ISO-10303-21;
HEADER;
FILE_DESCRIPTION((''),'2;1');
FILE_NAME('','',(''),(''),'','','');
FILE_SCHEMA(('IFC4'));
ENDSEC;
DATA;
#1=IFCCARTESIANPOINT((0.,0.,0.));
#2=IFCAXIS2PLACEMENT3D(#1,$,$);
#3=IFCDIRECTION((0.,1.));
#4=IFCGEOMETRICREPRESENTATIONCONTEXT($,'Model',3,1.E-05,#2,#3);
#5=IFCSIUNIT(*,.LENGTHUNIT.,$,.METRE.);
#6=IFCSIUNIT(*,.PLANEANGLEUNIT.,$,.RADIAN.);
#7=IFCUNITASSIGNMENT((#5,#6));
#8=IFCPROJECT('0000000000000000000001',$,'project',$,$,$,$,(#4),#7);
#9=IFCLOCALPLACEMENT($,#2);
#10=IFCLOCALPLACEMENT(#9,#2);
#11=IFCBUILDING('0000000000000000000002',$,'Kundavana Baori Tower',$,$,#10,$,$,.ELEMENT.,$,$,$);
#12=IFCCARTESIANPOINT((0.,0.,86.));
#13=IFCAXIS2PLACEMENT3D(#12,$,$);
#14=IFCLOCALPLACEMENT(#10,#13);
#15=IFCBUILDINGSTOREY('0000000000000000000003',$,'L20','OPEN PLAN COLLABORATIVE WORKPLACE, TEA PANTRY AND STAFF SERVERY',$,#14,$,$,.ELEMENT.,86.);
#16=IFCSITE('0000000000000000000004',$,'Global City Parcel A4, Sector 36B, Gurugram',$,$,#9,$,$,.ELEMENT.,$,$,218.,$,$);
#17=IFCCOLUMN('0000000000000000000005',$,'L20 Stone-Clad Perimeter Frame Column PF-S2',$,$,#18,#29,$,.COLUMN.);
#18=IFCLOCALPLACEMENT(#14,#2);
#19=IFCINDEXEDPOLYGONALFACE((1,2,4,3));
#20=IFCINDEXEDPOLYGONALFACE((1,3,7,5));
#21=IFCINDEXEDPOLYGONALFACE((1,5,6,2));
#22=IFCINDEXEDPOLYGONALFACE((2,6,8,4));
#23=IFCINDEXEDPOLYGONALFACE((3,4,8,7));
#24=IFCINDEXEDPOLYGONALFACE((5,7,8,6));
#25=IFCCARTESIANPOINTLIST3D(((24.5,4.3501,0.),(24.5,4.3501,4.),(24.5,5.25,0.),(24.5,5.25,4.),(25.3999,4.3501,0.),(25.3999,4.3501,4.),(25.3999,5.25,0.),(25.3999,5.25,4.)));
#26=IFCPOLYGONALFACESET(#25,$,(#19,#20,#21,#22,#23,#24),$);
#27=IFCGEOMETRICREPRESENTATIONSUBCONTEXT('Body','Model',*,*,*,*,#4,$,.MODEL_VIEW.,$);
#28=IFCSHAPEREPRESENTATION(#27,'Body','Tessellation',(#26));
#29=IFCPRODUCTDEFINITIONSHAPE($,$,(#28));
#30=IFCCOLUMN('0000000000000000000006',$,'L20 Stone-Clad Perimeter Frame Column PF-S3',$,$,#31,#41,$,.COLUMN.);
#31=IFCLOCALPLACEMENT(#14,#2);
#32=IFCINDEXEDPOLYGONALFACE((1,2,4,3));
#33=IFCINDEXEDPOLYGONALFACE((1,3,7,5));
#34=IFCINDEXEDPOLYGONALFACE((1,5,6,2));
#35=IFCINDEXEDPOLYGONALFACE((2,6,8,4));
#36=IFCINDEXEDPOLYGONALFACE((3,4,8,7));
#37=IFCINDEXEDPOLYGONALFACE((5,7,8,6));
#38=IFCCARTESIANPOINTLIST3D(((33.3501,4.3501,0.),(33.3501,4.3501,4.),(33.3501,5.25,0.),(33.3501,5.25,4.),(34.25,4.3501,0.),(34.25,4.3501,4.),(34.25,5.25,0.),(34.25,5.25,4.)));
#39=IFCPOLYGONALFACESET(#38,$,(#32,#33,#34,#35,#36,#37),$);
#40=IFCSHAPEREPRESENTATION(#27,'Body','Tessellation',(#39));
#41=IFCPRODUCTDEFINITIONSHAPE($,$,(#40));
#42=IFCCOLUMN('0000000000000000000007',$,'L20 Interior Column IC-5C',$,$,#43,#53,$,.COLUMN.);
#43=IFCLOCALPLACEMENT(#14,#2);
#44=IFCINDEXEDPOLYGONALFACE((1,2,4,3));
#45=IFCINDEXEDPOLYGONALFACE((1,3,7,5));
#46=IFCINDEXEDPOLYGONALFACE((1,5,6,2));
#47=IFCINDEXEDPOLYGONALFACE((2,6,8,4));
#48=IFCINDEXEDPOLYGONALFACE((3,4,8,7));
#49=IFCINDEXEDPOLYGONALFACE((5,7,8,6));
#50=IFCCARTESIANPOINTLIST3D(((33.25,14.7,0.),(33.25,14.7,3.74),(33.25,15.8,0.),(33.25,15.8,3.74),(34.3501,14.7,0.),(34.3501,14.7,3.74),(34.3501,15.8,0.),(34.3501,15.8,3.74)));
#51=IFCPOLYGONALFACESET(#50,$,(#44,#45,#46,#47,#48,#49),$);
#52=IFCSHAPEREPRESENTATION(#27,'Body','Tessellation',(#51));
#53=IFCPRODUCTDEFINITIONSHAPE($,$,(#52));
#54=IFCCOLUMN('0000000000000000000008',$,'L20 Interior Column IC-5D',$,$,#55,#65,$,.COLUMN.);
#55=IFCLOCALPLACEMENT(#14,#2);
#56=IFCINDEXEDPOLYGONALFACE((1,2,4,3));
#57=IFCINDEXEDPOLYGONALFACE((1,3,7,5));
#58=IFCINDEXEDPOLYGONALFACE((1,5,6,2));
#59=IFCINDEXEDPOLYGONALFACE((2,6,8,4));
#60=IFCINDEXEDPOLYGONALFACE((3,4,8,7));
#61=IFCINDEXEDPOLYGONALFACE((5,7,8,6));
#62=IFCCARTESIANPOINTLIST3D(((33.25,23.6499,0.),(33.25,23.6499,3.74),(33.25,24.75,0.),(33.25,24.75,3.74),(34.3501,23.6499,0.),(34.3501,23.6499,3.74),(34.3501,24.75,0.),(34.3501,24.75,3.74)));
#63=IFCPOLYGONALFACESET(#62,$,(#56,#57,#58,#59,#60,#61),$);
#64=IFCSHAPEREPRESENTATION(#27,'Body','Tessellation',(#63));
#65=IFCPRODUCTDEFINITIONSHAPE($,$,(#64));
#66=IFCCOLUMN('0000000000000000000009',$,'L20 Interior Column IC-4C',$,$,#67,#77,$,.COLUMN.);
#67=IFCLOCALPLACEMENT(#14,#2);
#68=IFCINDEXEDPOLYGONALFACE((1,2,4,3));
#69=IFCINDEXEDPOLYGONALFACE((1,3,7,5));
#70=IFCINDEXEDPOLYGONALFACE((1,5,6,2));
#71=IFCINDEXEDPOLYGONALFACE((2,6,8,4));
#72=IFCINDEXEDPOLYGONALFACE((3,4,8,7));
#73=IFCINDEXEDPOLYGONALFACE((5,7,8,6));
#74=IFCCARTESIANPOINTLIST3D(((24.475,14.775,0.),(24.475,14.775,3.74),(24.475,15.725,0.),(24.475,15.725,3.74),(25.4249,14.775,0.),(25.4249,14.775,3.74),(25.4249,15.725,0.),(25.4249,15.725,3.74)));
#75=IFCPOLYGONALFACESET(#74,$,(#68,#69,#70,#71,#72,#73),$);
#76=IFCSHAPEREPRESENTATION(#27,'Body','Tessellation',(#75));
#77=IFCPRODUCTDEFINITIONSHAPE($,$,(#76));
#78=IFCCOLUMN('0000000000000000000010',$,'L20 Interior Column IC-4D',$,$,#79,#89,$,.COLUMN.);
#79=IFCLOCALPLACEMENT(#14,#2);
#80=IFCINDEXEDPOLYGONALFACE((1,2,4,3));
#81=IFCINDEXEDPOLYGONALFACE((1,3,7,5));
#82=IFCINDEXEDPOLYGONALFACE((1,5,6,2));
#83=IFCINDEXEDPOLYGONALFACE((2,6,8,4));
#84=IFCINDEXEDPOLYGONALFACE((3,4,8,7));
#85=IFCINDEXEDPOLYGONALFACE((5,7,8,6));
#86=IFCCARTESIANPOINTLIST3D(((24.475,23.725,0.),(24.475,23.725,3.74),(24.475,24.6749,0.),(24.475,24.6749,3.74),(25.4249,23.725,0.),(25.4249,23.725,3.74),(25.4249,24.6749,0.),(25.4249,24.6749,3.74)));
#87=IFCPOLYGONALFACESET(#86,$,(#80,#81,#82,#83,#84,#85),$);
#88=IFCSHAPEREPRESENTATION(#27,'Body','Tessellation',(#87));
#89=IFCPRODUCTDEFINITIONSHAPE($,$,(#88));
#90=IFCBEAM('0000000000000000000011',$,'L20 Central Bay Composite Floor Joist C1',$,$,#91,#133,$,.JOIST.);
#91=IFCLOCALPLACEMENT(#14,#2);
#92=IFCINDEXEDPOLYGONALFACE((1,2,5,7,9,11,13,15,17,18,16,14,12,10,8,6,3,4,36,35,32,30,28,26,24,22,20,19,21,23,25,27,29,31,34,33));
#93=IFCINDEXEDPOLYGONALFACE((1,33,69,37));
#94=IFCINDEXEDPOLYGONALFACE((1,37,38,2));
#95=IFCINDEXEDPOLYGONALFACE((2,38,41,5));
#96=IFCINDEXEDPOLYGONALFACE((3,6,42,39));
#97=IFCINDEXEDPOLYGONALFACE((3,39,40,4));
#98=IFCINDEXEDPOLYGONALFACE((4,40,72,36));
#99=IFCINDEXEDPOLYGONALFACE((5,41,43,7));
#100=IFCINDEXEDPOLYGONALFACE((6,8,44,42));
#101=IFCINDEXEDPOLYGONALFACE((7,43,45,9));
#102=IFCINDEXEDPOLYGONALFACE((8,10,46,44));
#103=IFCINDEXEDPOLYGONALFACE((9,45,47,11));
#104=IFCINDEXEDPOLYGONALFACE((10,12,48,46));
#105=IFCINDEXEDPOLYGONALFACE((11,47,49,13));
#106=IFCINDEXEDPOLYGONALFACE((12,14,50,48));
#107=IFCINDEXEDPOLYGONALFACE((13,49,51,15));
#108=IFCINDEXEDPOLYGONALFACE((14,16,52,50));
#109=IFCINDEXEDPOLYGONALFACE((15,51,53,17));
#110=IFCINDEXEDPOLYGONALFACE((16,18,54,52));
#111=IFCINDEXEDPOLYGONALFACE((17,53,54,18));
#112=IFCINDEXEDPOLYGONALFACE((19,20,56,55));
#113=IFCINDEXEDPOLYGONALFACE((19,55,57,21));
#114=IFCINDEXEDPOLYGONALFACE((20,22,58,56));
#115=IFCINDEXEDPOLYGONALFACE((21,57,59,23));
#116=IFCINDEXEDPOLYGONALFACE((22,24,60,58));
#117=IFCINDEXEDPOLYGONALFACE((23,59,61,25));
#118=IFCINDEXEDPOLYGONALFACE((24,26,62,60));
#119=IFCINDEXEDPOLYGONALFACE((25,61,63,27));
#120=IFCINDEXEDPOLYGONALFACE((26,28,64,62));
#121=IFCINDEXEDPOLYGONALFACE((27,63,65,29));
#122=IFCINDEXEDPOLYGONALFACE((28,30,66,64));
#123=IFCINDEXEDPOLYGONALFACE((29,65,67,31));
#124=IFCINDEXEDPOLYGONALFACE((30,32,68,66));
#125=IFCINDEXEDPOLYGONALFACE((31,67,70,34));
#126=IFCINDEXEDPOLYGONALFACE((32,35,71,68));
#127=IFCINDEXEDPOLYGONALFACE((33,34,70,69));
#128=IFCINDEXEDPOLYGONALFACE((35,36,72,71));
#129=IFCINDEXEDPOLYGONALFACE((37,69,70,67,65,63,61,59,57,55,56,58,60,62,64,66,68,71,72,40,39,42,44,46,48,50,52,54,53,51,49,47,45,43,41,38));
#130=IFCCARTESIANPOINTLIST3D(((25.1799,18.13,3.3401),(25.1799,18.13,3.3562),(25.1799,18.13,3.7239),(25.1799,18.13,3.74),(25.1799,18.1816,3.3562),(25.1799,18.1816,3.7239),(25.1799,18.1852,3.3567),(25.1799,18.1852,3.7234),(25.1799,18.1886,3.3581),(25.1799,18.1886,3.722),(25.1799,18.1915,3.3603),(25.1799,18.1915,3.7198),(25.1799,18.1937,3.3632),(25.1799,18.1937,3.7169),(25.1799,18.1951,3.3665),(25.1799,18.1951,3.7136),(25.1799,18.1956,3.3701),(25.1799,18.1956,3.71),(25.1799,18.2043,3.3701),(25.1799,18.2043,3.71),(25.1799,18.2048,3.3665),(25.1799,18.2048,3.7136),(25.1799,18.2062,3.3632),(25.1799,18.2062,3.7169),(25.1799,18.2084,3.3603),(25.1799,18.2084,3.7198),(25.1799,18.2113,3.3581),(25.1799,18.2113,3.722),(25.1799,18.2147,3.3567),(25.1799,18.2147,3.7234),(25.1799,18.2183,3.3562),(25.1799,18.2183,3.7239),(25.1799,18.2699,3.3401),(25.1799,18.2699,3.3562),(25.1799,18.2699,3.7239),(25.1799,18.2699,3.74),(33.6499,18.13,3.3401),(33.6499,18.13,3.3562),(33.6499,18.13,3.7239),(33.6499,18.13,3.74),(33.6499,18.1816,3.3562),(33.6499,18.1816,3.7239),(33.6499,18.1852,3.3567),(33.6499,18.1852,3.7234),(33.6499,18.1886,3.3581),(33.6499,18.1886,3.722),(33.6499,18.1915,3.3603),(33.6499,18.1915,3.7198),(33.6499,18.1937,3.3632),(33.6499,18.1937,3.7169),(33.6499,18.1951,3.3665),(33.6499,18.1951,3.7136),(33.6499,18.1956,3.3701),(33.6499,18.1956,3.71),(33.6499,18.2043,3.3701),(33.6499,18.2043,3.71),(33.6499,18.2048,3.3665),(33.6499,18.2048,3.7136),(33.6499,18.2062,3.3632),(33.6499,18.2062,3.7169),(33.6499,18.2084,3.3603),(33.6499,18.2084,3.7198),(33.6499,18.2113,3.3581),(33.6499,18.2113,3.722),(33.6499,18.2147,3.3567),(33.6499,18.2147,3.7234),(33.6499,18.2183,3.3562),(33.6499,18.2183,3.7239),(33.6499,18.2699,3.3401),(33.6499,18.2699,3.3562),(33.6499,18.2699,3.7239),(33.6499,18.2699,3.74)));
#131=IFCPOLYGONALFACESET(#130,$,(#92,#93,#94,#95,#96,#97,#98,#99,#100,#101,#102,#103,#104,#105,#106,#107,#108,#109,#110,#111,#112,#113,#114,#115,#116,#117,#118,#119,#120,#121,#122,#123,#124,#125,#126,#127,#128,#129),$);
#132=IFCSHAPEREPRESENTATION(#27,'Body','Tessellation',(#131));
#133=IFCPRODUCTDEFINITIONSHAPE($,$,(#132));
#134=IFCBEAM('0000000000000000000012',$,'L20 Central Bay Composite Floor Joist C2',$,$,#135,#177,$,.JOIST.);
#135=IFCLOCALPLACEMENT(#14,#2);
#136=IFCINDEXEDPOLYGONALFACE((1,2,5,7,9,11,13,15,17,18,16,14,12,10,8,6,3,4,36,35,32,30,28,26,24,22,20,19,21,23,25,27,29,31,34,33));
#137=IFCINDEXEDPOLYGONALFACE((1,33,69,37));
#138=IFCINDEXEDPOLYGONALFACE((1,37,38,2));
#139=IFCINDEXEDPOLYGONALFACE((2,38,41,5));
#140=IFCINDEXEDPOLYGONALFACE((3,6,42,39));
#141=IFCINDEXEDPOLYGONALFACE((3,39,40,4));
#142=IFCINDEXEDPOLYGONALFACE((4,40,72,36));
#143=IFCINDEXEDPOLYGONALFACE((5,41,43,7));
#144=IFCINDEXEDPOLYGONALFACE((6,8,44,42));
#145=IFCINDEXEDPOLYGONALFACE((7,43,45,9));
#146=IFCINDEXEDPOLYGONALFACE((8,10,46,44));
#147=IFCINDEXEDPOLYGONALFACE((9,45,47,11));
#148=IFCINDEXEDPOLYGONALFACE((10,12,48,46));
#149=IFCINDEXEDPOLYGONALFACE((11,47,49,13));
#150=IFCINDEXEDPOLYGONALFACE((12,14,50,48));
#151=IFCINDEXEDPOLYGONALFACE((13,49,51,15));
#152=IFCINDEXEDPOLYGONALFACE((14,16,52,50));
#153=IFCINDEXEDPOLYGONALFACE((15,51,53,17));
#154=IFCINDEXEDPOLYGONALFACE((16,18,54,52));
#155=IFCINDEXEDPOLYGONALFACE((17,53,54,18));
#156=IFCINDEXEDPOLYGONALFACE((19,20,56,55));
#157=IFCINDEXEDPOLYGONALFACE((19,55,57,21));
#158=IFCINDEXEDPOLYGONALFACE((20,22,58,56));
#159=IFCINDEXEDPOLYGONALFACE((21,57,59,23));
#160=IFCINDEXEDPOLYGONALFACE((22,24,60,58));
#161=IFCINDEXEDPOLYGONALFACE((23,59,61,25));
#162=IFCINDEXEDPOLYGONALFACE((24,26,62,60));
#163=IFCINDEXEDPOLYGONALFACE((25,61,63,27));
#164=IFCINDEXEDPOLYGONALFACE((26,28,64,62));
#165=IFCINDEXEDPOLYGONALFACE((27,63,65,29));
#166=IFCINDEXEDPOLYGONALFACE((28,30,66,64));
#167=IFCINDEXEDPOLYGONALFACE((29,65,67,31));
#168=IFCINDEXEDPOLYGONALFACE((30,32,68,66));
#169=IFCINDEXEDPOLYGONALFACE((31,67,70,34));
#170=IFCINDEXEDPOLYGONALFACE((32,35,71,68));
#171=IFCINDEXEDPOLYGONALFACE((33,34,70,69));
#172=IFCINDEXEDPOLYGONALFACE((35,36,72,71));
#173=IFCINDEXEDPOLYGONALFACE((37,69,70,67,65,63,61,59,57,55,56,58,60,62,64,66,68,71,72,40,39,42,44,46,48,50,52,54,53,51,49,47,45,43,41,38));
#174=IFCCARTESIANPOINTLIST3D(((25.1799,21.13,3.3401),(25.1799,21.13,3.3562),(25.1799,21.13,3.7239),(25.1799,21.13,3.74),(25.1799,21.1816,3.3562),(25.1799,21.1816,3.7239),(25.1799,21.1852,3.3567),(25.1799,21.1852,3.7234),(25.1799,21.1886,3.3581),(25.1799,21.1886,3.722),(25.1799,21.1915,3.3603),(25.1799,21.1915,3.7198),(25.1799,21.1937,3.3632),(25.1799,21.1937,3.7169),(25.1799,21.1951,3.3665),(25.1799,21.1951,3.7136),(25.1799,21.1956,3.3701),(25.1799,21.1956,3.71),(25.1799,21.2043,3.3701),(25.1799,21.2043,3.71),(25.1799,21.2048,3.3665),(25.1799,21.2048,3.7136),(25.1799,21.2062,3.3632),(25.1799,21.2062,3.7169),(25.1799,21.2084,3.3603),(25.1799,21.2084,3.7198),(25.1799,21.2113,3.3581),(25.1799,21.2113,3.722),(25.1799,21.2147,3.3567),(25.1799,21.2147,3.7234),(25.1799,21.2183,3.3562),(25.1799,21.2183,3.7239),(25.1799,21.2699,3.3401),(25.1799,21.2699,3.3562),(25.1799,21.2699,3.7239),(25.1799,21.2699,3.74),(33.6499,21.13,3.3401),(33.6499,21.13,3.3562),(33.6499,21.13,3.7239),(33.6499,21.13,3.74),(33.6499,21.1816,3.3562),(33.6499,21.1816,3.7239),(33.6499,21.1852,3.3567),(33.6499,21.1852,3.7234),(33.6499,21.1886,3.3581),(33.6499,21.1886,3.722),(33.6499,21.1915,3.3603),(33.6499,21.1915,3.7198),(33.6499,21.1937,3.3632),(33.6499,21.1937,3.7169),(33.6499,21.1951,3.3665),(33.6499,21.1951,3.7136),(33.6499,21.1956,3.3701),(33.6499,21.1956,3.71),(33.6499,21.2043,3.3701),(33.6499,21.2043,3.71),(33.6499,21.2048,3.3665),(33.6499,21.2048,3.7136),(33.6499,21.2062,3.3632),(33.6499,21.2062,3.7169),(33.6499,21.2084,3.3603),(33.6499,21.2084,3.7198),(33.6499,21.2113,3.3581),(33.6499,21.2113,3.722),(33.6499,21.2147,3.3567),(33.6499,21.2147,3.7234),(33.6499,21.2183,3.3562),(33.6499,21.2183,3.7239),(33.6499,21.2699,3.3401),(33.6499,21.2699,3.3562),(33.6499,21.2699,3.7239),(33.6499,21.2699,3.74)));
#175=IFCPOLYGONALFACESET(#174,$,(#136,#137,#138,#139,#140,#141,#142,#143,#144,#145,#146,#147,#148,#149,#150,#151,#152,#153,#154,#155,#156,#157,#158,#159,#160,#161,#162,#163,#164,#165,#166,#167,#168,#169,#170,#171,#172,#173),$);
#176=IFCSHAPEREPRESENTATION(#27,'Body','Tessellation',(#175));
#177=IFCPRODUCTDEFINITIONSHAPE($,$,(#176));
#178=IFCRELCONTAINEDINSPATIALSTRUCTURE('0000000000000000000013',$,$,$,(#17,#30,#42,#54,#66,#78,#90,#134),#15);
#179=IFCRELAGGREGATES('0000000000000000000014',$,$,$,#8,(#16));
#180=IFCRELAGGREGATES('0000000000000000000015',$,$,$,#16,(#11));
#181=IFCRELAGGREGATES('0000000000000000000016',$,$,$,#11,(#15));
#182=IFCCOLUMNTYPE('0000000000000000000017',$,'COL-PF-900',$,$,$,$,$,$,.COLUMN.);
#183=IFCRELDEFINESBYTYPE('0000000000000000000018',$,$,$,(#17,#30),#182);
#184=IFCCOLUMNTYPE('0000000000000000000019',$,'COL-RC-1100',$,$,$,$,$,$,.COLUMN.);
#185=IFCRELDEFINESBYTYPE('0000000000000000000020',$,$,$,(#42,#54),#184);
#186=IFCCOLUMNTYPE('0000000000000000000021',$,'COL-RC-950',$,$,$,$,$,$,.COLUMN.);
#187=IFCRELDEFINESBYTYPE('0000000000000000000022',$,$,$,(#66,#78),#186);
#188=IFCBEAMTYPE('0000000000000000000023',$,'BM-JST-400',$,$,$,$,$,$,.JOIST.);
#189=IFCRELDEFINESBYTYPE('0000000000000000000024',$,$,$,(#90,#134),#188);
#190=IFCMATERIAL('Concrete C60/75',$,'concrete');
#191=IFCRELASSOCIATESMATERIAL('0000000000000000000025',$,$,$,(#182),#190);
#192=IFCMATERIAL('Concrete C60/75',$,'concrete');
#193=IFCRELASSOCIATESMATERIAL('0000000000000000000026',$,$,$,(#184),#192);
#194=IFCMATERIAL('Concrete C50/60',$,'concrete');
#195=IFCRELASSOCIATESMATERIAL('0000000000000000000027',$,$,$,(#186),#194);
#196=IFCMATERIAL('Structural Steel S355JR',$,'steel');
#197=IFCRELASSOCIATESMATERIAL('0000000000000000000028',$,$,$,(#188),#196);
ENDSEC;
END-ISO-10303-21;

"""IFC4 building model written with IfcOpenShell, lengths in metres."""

from ifc_helpers import new_model, si_unit, direction, frame, origin, origin_2d, place, context, subcontext, project, spatial, rectangle, i_section, extrude, material, material_profile, profile_set, type_object, element, save


model = new_model("IFC4")

# Units and contexts
model_context = context("Model", 3, precision=1e-05, world=origin(), true_north=direction((0.0, 1.0)))
body_context = subcontext(model_context, "Body", "Model", "MODEL_VIEW")
ifc_project = project(units=[si_unit("LENGTHUNIT", "METRE"), si_unit("PLANEANGLEUNIT", "RADIAN")], contexts=[model_context])

# Site, building, storey
site_placement = place(None, origin())
site = spatial("IfcSite", under=ifc_project, at=site_placement, Name="Global City Parcel A4, Sector 36B, Gurugram", CompositionType="ELEMENT", RefElevation=218.0)
building_placement = place(site_placement, origin())
building = spatial("IfcBuilding", under=site, at=building_placement, Name="Kundavana Baori Tower", CompositionType="ELEMENT")
storey_placement = place(building_placement, frame((0.0, 0.0, 86.0)))
storey = spatial("IfcBuildingStorey", under=building, at=storey_placement, Name="L20", Description="OPEN PLAN COLLABORATIVE WORKPLACE, TEA PANTRY AND STAFF SERVERY", CompositionType="ELEMENT", Elevation=86.0)

# Columns
ifc_material_1 = material(Name="Concrete C60/75", Category="concrete")
ifc_material_profile_1 = material_profile(ifc_material_1, rectangle(XDim=0.8999, YDim=0.8999, at=origin_2d()), Name="RC PF 900x900")
ifc_profile_set_1 = profile_set([ifc_material_profile_1], Name="Concrete C60/75")
column_type_1 = type_object("IfcColumnType", Name="COL-PF-900", PredefinedType="COLUMN", material=ifc_profile_set_1)
for number, where, z_axis, x_axis, name in (
    (1, (24.95, 4.8, 0.0), (0.0, 0.0, 1.0), (1.0, 0.0, 0.0), "L20 Stone-Clad Perimeter Frame Column PF-S2"),
    (2, (33.8, 4.8, 0.0), (0.0, 0.0, 1.0), (1.0, 0.0, 0.0), "L20 Stone-Clad Perimeter Frame Column PF-S3"),
):
    element("IfcColumn", number, at=place(storey_placement, frame(where, z_axis=z_axis, x_axis=x_axis)), inside=storey, type_object=column_type_1, Name=name, PredefinedType="COLUMN", context=body_context, shape_type="SweptSolid", body=[
        extrude(rectangle(XDim=0.8999, YDim=0.8999, at=origin_2d()), origin(), (0.0, 0.0, 1.0), 4.0),
    ])
ifc_material_2 = material(Name="Concrete C60/75", Category="concrete")
ifc_material_profile_2 = material_profile(ifc_material_2, rectangle(XDim=1.1001, YDim=1.1001, at=origin_2d()), Name="RC 1100x1100")
ifc_profile_set_2 = profile_set([ifc_material_profile_2], Name="Concrete C60/75")
column_type_2 = type_object("IfcColumnType", Name="COL-RC-1100", PredefinedType="COLUMN", material=ifc_profile_set_2)
for number, where, z_axis, x_axis, name in (
    (3, (33.8, 15.25, 0.0), (0.0, 0.0, 1.0), (1.0, 0.0, 0.0), "L20 Interior Column IC-5C"),
    (4, (33.8, 24.2, 0.0), (0.0, 0.0, 1.0), (1.0, 0.0, 0.0), "L20 Interior Column IC-5D"),
):
    element("IfcColumn", number, at=place(storey_placement, frame(where, z_axis=z_axis, x_axis=x_axis)), inside=storey, type_object=column_type_2, Name=name, PredefinedType="COLUMN", context=body_context, shape_type="SweptSolid", body=[
        extrude(rectangle(XDim=1.1001, YDim=1.1001, at=origin_2d()), origin(), (0.0, 0.0, 1.0), 3.74),
    ])
ifc_material_3 = material(Name="Concrete C50/60", Category="concrete")
ifc_material_profile_3 = material_profile(ifc_material_3, rectangle(XDim=0.95, YDim=0.95, at=origin_2d()), Name="RC 950x950")
ifc_profile_set_3 = profile_set([ifc_material_profile_3], Name="Concrete C50/60")
column_type_3 = type_object("IfcColumnType", Name="COL-RC-950", PredefinedType="COLUMN", material=ifc_profile_set_3)
for number, where, z_axis, x_axis, name in (
    (5, (24.95, 15.25, 0.0), (0.0, 0.0, 1.0), (1.0, 0.0, 0.0), "L20 Interior Column IC-4C"),
    (6, (24.95, 24.2, 0.0), (0.0, 0.0, 1.0), (1.0, 0.0, 0.0), "L20 Interior Column IC-4D"),
):
    element("IfcColumn", number, at=place(storey_placement, frame(where, z_axis=z_axis, x_axis=x_axis)), inside=storey, type_object=column_type_3, Name=name, PredefinedType="COLUMN", context=body_context, shape_type="SweptSolid", body=[
        extrude(rectangle(XDim=0.95, YDim=0.95, at=origin_2d()), origin(), (0.0, 0.0, 1.0), 3.74),
    ])

# Beams
ifc_material_4 = material(Name="Structural Steel S355JR", Category="steel")
ifc_material_profile_4 = material_profile(ifc_material_4, i_section(OverallWidth=0.1399, OverallDepth=0.3999, WebThickness=0.0088, FlangeThickness=0.0161, FilletRadius=0.0139, at=origin_2d()), Name="ISMB 400")
ifc_profile_set_4 = profile_set([ifc_material_profile_4], Name="Structural Steel S355JR")
beam_type_1 = type_object("IfcBeamType", Name="BM-JST-400", PredefinedType="JOIST", material=ifc_profile_set_4)
for number, where, z_axis, x_axis, name in (
    (7, (25.1799, 18.2, 3.54), (1.0, 0.0, 0.0), (0.0, 1.0, 0.0), "L20 Central Bay Composite Floor Joist C1"),
    (8, (25.1799, 21.2, 3.54), (1.0, 0.0, 0.0), (0.0, 1.0, 0.0), "L20 Central Bay Composite Floor Joist C2"),
):
    element("IfcBeam", number, at=place(storey_placement, frame(where, z_axis=z_axis, x_axis=x_axis)), inside=storey, type_object=beam_type_1, Name=name, PredefinedType="JOIST", context=body_context, shape_type="SweptSolid", body=[
        extrude(i_section(OverallWidth=0.1399, OverallDepth=0.3999, WebThickness=0.0088, FlangeThickness=0.0161, FilletRadius=0.0139, at=origin_2d()), origin(), (0.0, 0.0, 1.0), 8.47),
    ])

save(model, "model.ifc")
